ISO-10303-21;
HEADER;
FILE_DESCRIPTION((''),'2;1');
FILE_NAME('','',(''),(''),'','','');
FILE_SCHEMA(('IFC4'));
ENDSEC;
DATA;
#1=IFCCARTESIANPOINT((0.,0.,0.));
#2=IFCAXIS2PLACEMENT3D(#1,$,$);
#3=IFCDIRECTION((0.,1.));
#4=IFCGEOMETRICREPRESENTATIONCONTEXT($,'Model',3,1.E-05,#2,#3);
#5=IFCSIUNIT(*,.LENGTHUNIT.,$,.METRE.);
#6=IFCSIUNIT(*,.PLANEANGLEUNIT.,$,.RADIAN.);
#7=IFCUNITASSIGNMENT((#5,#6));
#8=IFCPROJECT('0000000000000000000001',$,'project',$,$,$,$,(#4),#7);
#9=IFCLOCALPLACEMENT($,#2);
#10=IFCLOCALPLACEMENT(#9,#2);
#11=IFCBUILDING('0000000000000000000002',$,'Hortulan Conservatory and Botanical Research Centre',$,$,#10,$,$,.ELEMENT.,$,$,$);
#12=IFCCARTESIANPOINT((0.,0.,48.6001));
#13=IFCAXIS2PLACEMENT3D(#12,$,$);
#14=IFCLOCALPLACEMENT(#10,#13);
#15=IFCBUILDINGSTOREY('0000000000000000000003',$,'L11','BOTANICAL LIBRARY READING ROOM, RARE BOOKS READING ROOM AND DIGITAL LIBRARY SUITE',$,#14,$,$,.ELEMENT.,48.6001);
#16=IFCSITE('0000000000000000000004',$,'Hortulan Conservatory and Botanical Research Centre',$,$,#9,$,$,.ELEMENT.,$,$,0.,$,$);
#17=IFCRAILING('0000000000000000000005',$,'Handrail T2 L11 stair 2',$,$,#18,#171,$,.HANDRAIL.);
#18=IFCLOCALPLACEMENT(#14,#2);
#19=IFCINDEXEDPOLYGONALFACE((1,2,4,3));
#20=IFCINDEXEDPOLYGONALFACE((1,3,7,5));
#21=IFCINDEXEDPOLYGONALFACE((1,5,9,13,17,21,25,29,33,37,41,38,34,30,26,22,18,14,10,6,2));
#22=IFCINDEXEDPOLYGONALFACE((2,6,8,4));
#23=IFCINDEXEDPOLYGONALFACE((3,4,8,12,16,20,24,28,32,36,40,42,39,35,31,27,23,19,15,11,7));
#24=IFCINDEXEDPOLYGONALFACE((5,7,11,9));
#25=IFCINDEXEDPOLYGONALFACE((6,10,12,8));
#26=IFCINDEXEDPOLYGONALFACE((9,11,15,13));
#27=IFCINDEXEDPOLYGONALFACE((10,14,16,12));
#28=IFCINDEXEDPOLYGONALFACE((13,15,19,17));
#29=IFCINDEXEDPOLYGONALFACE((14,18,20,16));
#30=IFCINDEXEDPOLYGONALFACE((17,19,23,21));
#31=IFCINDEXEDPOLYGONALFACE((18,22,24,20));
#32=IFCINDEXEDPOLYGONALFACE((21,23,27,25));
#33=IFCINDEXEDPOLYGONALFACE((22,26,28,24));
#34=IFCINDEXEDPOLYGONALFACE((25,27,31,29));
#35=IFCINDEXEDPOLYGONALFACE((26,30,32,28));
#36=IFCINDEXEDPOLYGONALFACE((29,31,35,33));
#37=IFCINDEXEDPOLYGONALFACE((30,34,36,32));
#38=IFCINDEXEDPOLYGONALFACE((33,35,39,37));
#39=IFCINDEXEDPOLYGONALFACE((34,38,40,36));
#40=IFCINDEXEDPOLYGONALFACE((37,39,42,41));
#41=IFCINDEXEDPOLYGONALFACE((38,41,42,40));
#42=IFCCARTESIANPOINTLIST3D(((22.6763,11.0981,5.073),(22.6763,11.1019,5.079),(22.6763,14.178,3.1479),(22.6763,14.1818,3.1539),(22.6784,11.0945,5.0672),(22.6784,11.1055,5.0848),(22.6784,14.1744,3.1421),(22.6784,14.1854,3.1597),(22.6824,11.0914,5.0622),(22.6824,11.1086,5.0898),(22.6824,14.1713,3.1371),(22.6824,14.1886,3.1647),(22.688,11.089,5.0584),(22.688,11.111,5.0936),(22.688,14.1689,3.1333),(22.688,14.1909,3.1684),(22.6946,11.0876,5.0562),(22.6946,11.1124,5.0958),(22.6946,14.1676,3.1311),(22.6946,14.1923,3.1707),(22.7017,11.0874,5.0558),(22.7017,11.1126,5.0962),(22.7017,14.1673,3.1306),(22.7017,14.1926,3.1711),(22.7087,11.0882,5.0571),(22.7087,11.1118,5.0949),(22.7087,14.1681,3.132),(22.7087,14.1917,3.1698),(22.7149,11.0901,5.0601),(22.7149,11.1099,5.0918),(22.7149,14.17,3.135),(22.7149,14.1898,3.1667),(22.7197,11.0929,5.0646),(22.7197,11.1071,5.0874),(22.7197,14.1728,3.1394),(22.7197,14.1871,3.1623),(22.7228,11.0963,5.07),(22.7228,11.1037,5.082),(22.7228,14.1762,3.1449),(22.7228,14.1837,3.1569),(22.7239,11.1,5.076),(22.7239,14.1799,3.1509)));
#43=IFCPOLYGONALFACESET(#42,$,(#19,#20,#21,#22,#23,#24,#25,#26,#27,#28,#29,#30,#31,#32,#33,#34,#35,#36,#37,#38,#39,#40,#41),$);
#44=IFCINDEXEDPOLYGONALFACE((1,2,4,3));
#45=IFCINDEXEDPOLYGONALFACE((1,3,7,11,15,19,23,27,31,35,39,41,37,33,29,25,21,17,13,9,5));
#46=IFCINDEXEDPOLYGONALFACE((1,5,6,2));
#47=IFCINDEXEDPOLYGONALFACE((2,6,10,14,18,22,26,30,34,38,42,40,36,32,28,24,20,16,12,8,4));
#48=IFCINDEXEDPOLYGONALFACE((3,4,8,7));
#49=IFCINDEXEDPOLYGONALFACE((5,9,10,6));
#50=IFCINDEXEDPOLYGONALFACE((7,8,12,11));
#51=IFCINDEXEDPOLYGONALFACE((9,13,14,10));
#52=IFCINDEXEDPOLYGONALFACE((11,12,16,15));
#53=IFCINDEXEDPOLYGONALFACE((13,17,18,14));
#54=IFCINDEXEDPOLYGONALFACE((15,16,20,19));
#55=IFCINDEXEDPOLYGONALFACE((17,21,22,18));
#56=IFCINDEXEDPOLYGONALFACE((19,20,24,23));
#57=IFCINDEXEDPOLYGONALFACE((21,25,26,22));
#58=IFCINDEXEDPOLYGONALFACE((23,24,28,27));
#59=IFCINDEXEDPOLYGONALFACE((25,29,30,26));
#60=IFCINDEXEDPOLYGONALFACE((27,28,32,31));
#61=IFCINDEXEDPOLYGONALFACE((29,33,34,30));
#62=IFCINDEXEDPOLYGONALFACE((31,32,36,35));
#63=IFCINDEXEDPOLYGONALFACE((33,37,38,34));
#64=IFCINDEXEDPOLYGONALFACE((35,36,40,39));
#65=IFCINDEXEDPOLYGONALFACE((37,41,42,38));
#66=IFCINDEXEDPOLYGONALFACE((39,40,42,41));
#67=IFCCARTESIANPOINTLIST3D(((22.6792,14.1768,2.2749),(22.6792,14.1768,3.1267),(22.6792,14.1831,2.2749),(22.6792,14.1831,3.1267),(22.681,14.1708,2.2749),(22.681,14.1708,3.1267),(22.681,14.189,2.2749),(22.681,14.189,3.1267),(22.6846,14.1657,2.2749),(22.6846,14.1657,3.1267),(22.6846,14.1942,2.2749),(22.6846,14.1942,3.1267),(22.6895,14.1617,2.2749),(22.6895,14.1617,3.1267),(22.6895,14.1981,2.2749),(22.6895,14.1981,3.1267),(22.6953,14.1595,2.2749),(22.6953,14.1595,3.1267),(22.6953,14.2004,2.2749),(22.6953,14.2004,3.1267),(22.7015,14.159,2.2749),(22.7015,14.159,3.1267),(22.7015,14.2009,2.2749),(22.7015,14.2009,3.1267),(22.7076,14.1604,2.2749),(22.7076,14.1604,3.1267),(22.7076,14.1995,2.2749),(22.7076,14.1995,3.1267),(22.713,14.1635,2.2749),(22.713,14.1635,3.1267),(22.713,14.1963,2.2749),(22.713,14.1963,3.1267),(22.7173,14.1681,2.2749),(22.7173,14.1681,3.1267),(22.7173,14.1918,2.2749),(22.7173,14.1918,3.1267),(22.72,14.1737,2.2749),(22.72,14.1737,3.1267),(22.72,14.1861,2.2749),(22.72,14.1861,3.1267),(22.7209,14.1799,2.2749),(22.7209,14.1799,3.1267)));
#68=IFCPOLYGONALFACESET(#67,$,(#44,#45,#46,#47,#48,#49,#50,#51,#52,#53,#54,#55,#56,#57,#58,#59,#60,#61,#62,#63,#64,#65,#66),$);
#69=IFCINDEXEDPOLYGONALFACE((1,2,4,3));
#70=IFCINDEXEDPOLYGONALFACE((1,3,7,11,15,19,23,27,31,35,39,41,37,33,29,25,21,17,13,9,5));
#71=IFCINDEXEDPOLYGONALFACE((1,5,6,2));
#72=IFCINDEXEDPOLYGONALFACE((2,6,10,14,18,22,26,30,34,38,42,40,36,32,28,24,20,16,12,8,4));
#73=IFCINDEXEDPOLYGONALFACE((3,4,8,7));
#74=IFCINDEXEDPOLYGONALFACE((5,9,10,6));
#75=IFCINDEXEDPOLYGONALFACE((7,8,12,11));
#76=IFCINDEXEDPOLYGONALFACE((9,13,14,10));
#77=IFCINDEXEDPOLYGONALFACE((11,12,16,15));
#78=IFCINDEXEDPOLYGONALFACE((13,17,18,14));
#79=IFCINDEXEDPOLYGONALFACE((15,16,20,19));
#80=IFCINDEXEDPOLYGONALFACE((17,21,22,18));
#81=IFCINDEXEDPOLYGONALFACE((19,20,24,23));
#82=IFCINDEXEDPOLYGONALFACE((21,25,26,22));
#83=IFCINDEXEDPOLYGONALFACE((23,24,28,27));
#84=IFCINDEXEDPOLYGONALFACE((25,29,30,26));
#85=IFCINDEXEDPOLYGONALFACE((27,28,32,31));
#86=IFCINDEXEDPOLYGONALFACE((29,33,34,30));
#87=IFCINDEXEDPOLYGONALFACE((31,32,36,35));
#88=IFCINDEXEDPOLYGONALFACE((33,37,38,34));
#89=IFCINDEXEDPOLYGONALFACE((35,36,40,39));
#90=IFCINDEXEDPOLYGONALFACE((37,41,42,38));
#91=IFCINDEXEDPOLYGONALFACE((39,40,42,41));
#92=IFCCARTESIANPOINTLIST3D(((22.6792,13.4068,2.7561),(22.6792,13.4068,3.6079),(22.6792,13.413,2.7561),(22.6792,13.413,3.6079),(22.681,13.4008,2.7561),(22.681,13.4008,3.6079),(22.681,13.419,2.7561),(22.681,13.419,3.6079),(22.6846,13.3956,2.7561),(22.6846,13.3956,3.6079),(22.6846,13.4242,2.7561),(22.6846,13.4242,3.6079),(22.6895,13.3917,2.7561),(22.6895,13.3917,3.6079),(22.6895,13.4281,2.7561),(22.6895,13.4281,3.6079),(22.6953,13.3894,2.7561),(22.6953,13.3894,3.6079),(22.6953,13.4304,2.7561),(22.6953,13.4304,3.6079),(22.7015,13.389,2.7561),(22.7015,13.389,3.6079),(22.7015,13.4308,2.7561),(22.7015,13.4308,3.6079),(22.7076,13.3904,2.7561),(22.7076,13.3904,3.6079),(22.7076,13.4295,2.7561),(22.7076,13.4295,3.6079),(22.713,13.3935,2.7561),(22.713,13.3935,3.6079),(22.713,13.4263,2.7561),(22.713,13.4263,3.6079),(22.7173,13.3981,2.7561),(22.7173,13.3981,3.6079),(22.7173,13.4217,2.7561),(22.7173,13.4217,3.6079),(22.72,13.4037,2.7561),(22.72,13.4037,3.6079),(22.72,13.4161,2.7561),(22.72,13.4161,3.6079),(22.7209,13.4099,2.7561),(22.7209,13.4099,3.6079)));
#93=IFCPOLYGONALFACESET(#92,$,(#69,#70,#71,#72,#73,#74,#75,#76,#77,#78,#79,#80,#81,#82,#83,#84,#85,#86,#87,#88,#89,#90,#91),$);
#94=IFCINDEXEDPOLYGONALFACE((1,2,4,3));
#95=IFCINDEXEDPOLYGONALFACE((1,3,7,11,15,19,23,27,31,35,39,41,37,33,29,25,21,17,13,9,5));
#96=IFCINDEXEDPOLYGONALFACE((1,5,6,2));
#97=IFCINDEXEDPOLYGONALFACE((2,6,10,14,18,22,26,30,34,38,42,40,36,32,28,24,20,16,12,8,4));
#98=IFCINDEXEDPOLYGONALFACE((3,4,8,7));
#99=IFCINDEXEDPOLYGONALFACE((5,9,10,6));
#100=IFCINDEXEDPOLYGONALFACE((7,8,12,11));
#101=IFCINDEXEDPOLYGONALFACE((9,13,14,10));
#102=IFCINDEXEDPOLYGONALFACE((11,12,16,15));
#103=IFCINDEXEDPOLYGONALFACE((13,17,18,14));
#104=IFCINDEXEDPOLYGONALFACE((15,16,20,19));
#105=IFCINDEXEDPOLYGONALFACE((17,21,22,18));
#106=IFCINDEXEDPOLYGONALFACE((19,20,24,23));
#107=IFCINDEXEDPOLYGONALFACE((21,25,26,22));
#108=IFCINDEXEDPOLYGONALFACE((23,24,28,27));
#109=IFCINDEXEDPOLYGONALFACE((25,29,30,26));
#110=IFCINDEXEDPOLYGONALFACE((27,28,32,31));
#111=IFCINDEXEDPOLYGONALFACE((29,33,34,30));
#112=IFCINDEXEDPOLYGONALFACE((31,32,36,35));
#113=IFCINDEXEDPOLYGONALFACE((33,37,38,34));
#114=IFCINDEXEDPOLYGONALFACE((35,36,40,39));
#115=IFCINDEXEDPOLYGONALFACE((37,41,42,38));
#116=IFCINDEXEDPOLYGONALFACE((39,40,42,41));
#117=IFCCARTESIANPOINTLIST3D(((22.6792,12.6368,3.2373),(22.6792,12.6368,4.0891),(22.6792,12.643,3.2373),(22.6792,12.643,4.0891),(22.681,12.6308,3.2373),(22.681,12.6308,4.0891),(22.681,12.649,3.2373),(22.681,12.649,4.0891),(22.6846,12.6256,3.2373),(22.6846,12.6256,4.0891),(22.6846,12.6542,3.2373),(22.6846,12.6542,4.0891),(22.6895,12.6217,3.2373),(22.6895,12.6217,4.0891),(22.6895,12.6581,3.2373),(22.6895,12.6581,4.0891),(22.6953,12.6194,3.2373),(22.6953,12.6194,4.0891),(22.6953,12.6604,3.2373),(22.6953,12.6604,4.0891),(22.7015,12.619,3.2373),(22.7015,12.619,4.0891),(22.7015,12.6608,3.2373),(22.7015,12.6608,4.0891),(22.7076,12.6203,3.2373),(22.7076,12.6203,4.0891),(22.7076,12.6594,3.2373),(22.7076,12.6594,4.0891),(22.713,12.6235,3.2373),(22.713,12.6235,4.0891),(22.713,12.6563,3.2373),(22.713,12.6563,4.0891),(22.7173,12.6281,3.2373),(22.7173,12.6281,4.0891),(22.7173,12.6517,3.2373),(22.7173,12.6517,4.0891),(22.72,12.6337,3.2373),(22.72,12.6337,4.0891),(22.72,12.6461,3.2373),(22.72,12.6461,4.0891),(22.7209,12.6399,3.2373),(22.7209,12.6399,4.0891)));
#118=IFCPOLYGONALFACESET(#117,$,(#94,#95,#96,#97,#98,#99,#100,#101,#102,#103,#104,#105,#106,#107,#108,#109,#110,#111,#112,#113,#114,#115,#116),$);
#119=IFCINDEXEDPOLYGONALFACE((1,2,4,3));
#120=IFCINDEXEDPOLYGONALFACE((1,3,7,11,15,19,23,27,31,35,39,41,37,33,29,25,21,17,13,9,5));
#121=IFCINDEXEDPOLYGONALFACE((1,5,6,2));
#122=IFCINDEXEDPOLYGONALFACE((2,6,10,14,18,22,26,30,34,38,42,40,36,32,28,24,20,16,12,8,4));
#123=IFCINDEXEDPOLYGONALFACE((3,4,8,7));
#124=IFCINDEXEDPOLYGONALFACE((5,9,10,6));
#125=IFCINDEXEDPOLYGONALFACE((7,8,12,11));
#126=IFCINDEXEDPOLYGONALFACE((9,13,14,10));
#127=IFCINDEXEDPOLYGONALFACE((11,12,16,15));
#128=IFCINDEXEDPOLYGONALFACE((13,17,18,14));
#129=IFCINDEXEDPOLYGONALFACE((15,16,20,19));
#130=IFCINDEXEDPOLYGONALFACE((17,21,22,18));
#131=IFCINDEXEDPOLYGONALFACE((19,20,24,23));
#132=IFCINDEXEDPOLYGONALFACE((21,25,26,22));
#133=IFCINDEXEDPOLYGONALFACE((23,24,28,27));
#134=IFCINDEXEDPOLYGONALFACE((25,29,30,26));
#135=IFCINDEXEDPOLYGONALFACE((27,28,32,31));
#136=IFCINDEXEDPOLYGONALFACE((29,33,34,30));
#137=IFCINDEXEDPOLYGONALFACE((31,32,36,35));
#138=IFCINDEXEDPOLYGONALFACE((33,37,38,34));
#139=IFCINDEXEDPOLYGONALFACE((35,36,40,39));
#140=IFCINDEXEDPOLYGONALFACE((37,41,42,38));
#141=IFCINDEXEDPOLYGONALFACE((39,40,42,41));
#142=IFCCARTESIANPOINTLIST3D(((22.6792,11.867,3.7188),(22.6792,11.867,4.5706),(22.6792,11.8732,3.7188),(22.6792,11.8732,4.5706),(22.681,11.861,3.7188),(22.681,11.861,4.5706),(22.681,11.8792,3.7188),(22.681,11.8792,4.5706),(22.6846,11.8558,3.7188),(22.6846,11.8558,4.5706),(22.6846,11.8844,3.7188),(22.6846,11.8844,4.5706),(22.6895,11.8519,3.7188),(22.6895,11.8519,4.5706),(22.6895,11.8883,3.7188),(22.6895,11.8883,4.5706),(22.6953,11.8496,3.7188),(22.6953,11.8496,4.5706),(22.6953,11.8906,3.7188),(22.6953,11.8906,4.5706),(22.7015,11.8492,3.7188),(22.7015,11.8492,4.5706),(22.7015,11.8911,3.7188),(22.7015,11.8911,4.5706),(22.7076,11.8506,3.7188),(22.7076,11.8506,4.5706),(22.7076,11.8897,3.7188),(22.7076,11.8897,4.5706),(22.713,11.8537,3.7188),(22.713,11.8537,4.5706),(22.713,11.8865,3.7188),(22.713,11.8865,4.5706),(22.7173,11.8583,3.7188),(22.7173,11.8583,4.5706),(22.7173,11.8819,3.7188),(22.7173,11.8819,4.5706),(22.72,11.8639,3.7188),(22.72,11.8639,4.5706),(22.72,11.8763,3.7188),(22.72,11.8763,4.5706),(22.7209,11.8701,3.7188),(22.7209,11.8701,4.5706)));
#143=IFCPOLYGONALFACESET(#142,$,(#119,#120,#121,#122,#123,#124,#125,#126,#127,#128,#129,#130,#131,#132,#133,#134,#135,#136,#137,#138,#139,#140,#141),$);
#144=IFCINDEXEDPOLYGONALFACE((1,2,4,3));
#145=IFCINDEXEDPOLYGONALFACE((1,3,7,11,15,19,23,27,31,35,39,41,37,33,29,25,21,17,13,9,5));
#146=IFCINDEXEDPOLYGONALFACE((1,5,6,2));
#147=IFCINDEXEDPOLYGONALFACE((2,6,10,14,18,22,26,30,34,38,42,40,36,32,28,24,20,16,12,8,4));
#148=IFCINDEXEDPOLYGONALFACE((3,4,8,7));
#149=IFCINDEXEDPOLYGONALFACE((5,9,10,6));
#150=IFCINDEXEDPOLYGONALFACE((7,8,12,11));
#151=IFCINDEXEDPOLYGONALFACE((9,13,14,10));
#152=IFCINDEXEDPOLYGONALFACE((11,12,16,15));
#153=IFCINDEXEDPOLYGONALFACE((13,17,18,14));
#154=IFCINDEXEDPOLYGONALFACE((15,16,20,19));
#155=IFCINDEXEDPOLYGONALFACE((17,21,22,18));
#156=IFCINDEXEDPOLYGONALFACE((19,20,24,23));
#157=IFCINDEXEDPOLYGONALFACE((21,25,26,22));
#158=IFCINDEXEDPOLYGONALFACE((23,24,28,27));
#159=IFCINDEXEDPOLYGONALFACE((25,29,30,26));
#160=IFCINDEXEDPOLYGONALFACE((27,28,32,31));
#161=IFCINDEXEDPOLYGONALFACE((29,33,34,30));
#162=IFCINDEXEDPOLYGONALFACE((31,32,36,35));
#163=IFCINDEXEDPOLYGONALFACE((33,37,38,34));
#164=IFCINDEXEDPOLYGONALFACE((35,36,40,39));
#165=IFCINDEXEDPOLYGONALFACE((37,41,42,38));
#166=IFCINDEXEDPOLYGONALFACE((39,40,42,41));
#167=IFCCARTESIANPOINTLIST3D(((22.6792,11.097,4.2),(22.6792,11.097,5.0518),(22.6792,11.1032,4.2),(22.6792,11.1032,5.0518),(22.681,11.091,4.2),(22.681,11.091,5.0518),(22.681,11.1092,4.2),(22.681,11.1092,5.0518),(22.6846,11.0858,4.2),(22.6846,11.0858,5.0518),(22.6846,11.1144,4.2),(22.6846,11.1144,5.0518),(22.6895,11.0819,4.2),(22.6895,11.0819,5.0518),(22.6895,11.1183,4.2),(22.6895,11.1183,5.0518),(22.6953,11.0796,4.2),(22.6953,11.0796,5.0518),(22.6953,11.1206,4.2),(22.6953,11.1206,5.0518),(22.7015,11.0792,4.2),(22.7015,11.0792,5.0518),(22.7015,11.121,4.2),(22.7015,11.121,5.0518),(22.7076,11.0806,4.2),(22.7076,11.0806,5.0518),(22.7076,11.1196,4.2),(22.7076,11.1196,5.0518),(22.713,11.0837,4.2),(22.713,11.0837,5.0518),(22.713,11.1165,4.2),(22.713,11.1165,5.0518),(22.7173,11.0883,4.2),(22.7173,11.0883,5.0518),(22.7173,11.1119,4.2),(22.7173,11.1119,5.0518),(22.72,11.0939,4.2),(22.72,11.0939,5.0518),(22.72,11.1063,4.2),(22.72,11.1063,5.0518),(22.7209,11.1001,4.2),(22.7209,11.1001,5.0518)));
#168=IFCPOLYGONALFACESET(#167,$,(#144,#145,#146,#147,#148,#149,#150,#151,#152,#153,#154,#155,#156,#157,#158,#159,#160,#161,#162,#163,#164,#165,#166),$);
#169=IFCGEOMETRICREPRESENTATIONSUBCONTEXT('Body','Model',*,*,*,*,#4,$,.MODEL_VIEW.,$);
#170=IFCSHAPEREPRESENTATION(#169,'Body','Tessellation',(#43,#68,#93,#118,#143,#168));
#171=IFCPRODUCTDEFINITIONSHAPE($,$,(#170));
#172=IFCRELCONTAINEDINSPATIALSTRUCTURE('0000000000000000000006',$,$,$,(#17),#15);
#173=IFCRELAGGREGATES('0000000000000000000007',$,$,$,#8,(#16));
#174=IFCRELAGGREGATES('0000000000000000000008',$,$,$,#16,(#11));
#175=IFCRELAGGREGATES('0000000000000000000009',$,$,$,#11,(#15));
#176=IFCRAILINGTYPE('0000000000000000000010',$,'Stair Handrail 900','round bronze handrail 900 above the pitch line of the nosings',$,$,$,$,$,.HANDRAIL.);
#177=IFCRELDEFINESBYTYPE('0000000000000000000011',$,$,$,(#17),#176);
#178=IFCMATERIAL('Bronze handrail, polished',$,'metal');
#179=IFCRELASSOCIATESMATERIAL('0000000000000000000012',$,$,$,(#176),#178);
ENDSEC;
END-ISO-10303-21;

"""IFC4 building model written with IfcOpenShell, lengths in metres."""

from ifc_helpers import new_model, si_unit, direction, frame, origin, origin_2d, place, context, subcontext, project, spatial, circle, extrude, material, type_object, element, save


model = new_model("IFC4")

# Units and contexts
model_context = context("Model", 3, precision=1e-05, world=origin(), true_north=direction((0.0, 1.0)))
body_context = subcontext(model_context, "Body", "Model", "MODEL_VIEW")
ifc_project = project(units=[si_unit("LENGTHUNIT", "METRE"), si_unit("PLANEANGLEUNIT", "RADIAN")], contexts=[model_context])

# Site, building, storey
site_placement = place(None, origin())
site = spatial("IfcSite", under=ifc_project, at=site_placement, Name="Hortulan Conservatory and Botanical Research Centre", CompositionType="ELEMENT", RefElevation=0.0)
building_placement = place(site_placement, origin())
building = spatial("IfcBuilding", under=site, at=building_placement, Name="Hortulan Conservatory and Botanical Research Centre", CompositionType="ELEMENT")
storey_placement = place(building_placement, frame((0.0, 0.0, 48.6001)))
storey = spatial("IfcBuildingStorey", under=building, at=storey_placement, Name="L11", Description="BOTANICAL LIBRARY READING ROOM, RARE BOOKS READING ROOM AND DIGITAL LIBRARY SUITE", CompositionType="ELEMENT", Elevation=48.6001)

# Railing
ifc_material_1 = material(Name="Bronze handrail, polished", Category="metal")
railing_type_1 = type_object("IfcRailingType", Name="Stair Handrail 900", Description="round bronze handrail 900 above the pitch line of the nosings", PredefinedType="HANDRAIL", material=ifc_material_1)
railing_1_placement = place(storey_placement, frame((22.7, 14.1799, 2.2749)))
element("IfcRailing", 1, at=railing_1_placement, inside=storey, type_object=railing_type_1, Name="Handrail T2 L11 stair 2", PredefinedType="HANDRAIL", context=body_context, shape_type="SweptSolid", body=[
    extrude(circle(Radius=0.0239, at=origin_2d()), frame((0.0, 0.0, 0.876), z_axis=(0.0, -0.847979, 0.530029), x_axis=(1.0, 0.0, 0.0)), (0.0, 0.0, 1.0), 3.6321),
    extrude(circle(Radius=0.021, at=origin_2d()), origin(), (0.0, 0.0, 1.0), 0.8518),
    extrude(circle(Radius=0.021, at=origin_2d()), frame((0.0, -0.77, 0.4812)), (0.0, 0.0, 1.0), 0.8518),
    extrude(circle(Radius=0.021, at=origin_2d()), frame((0.0, -1.54, 0.9624)), (0.0, 0.0, 1.0), 0.8518),
    extrude(circle(Radius=0.021, at=origin_2d()), frame((0.0, -2.3098, 1.4438)), (0.0, 0.0, 1.0), 0.8518),
    extrude(circle(Radius=0.021, at=origin_2d()), frame((0.0, -3.0798, 1.925)), (0.0, 0.0, 1.0), 0.8518),
])

save(model, "model.ifc")
